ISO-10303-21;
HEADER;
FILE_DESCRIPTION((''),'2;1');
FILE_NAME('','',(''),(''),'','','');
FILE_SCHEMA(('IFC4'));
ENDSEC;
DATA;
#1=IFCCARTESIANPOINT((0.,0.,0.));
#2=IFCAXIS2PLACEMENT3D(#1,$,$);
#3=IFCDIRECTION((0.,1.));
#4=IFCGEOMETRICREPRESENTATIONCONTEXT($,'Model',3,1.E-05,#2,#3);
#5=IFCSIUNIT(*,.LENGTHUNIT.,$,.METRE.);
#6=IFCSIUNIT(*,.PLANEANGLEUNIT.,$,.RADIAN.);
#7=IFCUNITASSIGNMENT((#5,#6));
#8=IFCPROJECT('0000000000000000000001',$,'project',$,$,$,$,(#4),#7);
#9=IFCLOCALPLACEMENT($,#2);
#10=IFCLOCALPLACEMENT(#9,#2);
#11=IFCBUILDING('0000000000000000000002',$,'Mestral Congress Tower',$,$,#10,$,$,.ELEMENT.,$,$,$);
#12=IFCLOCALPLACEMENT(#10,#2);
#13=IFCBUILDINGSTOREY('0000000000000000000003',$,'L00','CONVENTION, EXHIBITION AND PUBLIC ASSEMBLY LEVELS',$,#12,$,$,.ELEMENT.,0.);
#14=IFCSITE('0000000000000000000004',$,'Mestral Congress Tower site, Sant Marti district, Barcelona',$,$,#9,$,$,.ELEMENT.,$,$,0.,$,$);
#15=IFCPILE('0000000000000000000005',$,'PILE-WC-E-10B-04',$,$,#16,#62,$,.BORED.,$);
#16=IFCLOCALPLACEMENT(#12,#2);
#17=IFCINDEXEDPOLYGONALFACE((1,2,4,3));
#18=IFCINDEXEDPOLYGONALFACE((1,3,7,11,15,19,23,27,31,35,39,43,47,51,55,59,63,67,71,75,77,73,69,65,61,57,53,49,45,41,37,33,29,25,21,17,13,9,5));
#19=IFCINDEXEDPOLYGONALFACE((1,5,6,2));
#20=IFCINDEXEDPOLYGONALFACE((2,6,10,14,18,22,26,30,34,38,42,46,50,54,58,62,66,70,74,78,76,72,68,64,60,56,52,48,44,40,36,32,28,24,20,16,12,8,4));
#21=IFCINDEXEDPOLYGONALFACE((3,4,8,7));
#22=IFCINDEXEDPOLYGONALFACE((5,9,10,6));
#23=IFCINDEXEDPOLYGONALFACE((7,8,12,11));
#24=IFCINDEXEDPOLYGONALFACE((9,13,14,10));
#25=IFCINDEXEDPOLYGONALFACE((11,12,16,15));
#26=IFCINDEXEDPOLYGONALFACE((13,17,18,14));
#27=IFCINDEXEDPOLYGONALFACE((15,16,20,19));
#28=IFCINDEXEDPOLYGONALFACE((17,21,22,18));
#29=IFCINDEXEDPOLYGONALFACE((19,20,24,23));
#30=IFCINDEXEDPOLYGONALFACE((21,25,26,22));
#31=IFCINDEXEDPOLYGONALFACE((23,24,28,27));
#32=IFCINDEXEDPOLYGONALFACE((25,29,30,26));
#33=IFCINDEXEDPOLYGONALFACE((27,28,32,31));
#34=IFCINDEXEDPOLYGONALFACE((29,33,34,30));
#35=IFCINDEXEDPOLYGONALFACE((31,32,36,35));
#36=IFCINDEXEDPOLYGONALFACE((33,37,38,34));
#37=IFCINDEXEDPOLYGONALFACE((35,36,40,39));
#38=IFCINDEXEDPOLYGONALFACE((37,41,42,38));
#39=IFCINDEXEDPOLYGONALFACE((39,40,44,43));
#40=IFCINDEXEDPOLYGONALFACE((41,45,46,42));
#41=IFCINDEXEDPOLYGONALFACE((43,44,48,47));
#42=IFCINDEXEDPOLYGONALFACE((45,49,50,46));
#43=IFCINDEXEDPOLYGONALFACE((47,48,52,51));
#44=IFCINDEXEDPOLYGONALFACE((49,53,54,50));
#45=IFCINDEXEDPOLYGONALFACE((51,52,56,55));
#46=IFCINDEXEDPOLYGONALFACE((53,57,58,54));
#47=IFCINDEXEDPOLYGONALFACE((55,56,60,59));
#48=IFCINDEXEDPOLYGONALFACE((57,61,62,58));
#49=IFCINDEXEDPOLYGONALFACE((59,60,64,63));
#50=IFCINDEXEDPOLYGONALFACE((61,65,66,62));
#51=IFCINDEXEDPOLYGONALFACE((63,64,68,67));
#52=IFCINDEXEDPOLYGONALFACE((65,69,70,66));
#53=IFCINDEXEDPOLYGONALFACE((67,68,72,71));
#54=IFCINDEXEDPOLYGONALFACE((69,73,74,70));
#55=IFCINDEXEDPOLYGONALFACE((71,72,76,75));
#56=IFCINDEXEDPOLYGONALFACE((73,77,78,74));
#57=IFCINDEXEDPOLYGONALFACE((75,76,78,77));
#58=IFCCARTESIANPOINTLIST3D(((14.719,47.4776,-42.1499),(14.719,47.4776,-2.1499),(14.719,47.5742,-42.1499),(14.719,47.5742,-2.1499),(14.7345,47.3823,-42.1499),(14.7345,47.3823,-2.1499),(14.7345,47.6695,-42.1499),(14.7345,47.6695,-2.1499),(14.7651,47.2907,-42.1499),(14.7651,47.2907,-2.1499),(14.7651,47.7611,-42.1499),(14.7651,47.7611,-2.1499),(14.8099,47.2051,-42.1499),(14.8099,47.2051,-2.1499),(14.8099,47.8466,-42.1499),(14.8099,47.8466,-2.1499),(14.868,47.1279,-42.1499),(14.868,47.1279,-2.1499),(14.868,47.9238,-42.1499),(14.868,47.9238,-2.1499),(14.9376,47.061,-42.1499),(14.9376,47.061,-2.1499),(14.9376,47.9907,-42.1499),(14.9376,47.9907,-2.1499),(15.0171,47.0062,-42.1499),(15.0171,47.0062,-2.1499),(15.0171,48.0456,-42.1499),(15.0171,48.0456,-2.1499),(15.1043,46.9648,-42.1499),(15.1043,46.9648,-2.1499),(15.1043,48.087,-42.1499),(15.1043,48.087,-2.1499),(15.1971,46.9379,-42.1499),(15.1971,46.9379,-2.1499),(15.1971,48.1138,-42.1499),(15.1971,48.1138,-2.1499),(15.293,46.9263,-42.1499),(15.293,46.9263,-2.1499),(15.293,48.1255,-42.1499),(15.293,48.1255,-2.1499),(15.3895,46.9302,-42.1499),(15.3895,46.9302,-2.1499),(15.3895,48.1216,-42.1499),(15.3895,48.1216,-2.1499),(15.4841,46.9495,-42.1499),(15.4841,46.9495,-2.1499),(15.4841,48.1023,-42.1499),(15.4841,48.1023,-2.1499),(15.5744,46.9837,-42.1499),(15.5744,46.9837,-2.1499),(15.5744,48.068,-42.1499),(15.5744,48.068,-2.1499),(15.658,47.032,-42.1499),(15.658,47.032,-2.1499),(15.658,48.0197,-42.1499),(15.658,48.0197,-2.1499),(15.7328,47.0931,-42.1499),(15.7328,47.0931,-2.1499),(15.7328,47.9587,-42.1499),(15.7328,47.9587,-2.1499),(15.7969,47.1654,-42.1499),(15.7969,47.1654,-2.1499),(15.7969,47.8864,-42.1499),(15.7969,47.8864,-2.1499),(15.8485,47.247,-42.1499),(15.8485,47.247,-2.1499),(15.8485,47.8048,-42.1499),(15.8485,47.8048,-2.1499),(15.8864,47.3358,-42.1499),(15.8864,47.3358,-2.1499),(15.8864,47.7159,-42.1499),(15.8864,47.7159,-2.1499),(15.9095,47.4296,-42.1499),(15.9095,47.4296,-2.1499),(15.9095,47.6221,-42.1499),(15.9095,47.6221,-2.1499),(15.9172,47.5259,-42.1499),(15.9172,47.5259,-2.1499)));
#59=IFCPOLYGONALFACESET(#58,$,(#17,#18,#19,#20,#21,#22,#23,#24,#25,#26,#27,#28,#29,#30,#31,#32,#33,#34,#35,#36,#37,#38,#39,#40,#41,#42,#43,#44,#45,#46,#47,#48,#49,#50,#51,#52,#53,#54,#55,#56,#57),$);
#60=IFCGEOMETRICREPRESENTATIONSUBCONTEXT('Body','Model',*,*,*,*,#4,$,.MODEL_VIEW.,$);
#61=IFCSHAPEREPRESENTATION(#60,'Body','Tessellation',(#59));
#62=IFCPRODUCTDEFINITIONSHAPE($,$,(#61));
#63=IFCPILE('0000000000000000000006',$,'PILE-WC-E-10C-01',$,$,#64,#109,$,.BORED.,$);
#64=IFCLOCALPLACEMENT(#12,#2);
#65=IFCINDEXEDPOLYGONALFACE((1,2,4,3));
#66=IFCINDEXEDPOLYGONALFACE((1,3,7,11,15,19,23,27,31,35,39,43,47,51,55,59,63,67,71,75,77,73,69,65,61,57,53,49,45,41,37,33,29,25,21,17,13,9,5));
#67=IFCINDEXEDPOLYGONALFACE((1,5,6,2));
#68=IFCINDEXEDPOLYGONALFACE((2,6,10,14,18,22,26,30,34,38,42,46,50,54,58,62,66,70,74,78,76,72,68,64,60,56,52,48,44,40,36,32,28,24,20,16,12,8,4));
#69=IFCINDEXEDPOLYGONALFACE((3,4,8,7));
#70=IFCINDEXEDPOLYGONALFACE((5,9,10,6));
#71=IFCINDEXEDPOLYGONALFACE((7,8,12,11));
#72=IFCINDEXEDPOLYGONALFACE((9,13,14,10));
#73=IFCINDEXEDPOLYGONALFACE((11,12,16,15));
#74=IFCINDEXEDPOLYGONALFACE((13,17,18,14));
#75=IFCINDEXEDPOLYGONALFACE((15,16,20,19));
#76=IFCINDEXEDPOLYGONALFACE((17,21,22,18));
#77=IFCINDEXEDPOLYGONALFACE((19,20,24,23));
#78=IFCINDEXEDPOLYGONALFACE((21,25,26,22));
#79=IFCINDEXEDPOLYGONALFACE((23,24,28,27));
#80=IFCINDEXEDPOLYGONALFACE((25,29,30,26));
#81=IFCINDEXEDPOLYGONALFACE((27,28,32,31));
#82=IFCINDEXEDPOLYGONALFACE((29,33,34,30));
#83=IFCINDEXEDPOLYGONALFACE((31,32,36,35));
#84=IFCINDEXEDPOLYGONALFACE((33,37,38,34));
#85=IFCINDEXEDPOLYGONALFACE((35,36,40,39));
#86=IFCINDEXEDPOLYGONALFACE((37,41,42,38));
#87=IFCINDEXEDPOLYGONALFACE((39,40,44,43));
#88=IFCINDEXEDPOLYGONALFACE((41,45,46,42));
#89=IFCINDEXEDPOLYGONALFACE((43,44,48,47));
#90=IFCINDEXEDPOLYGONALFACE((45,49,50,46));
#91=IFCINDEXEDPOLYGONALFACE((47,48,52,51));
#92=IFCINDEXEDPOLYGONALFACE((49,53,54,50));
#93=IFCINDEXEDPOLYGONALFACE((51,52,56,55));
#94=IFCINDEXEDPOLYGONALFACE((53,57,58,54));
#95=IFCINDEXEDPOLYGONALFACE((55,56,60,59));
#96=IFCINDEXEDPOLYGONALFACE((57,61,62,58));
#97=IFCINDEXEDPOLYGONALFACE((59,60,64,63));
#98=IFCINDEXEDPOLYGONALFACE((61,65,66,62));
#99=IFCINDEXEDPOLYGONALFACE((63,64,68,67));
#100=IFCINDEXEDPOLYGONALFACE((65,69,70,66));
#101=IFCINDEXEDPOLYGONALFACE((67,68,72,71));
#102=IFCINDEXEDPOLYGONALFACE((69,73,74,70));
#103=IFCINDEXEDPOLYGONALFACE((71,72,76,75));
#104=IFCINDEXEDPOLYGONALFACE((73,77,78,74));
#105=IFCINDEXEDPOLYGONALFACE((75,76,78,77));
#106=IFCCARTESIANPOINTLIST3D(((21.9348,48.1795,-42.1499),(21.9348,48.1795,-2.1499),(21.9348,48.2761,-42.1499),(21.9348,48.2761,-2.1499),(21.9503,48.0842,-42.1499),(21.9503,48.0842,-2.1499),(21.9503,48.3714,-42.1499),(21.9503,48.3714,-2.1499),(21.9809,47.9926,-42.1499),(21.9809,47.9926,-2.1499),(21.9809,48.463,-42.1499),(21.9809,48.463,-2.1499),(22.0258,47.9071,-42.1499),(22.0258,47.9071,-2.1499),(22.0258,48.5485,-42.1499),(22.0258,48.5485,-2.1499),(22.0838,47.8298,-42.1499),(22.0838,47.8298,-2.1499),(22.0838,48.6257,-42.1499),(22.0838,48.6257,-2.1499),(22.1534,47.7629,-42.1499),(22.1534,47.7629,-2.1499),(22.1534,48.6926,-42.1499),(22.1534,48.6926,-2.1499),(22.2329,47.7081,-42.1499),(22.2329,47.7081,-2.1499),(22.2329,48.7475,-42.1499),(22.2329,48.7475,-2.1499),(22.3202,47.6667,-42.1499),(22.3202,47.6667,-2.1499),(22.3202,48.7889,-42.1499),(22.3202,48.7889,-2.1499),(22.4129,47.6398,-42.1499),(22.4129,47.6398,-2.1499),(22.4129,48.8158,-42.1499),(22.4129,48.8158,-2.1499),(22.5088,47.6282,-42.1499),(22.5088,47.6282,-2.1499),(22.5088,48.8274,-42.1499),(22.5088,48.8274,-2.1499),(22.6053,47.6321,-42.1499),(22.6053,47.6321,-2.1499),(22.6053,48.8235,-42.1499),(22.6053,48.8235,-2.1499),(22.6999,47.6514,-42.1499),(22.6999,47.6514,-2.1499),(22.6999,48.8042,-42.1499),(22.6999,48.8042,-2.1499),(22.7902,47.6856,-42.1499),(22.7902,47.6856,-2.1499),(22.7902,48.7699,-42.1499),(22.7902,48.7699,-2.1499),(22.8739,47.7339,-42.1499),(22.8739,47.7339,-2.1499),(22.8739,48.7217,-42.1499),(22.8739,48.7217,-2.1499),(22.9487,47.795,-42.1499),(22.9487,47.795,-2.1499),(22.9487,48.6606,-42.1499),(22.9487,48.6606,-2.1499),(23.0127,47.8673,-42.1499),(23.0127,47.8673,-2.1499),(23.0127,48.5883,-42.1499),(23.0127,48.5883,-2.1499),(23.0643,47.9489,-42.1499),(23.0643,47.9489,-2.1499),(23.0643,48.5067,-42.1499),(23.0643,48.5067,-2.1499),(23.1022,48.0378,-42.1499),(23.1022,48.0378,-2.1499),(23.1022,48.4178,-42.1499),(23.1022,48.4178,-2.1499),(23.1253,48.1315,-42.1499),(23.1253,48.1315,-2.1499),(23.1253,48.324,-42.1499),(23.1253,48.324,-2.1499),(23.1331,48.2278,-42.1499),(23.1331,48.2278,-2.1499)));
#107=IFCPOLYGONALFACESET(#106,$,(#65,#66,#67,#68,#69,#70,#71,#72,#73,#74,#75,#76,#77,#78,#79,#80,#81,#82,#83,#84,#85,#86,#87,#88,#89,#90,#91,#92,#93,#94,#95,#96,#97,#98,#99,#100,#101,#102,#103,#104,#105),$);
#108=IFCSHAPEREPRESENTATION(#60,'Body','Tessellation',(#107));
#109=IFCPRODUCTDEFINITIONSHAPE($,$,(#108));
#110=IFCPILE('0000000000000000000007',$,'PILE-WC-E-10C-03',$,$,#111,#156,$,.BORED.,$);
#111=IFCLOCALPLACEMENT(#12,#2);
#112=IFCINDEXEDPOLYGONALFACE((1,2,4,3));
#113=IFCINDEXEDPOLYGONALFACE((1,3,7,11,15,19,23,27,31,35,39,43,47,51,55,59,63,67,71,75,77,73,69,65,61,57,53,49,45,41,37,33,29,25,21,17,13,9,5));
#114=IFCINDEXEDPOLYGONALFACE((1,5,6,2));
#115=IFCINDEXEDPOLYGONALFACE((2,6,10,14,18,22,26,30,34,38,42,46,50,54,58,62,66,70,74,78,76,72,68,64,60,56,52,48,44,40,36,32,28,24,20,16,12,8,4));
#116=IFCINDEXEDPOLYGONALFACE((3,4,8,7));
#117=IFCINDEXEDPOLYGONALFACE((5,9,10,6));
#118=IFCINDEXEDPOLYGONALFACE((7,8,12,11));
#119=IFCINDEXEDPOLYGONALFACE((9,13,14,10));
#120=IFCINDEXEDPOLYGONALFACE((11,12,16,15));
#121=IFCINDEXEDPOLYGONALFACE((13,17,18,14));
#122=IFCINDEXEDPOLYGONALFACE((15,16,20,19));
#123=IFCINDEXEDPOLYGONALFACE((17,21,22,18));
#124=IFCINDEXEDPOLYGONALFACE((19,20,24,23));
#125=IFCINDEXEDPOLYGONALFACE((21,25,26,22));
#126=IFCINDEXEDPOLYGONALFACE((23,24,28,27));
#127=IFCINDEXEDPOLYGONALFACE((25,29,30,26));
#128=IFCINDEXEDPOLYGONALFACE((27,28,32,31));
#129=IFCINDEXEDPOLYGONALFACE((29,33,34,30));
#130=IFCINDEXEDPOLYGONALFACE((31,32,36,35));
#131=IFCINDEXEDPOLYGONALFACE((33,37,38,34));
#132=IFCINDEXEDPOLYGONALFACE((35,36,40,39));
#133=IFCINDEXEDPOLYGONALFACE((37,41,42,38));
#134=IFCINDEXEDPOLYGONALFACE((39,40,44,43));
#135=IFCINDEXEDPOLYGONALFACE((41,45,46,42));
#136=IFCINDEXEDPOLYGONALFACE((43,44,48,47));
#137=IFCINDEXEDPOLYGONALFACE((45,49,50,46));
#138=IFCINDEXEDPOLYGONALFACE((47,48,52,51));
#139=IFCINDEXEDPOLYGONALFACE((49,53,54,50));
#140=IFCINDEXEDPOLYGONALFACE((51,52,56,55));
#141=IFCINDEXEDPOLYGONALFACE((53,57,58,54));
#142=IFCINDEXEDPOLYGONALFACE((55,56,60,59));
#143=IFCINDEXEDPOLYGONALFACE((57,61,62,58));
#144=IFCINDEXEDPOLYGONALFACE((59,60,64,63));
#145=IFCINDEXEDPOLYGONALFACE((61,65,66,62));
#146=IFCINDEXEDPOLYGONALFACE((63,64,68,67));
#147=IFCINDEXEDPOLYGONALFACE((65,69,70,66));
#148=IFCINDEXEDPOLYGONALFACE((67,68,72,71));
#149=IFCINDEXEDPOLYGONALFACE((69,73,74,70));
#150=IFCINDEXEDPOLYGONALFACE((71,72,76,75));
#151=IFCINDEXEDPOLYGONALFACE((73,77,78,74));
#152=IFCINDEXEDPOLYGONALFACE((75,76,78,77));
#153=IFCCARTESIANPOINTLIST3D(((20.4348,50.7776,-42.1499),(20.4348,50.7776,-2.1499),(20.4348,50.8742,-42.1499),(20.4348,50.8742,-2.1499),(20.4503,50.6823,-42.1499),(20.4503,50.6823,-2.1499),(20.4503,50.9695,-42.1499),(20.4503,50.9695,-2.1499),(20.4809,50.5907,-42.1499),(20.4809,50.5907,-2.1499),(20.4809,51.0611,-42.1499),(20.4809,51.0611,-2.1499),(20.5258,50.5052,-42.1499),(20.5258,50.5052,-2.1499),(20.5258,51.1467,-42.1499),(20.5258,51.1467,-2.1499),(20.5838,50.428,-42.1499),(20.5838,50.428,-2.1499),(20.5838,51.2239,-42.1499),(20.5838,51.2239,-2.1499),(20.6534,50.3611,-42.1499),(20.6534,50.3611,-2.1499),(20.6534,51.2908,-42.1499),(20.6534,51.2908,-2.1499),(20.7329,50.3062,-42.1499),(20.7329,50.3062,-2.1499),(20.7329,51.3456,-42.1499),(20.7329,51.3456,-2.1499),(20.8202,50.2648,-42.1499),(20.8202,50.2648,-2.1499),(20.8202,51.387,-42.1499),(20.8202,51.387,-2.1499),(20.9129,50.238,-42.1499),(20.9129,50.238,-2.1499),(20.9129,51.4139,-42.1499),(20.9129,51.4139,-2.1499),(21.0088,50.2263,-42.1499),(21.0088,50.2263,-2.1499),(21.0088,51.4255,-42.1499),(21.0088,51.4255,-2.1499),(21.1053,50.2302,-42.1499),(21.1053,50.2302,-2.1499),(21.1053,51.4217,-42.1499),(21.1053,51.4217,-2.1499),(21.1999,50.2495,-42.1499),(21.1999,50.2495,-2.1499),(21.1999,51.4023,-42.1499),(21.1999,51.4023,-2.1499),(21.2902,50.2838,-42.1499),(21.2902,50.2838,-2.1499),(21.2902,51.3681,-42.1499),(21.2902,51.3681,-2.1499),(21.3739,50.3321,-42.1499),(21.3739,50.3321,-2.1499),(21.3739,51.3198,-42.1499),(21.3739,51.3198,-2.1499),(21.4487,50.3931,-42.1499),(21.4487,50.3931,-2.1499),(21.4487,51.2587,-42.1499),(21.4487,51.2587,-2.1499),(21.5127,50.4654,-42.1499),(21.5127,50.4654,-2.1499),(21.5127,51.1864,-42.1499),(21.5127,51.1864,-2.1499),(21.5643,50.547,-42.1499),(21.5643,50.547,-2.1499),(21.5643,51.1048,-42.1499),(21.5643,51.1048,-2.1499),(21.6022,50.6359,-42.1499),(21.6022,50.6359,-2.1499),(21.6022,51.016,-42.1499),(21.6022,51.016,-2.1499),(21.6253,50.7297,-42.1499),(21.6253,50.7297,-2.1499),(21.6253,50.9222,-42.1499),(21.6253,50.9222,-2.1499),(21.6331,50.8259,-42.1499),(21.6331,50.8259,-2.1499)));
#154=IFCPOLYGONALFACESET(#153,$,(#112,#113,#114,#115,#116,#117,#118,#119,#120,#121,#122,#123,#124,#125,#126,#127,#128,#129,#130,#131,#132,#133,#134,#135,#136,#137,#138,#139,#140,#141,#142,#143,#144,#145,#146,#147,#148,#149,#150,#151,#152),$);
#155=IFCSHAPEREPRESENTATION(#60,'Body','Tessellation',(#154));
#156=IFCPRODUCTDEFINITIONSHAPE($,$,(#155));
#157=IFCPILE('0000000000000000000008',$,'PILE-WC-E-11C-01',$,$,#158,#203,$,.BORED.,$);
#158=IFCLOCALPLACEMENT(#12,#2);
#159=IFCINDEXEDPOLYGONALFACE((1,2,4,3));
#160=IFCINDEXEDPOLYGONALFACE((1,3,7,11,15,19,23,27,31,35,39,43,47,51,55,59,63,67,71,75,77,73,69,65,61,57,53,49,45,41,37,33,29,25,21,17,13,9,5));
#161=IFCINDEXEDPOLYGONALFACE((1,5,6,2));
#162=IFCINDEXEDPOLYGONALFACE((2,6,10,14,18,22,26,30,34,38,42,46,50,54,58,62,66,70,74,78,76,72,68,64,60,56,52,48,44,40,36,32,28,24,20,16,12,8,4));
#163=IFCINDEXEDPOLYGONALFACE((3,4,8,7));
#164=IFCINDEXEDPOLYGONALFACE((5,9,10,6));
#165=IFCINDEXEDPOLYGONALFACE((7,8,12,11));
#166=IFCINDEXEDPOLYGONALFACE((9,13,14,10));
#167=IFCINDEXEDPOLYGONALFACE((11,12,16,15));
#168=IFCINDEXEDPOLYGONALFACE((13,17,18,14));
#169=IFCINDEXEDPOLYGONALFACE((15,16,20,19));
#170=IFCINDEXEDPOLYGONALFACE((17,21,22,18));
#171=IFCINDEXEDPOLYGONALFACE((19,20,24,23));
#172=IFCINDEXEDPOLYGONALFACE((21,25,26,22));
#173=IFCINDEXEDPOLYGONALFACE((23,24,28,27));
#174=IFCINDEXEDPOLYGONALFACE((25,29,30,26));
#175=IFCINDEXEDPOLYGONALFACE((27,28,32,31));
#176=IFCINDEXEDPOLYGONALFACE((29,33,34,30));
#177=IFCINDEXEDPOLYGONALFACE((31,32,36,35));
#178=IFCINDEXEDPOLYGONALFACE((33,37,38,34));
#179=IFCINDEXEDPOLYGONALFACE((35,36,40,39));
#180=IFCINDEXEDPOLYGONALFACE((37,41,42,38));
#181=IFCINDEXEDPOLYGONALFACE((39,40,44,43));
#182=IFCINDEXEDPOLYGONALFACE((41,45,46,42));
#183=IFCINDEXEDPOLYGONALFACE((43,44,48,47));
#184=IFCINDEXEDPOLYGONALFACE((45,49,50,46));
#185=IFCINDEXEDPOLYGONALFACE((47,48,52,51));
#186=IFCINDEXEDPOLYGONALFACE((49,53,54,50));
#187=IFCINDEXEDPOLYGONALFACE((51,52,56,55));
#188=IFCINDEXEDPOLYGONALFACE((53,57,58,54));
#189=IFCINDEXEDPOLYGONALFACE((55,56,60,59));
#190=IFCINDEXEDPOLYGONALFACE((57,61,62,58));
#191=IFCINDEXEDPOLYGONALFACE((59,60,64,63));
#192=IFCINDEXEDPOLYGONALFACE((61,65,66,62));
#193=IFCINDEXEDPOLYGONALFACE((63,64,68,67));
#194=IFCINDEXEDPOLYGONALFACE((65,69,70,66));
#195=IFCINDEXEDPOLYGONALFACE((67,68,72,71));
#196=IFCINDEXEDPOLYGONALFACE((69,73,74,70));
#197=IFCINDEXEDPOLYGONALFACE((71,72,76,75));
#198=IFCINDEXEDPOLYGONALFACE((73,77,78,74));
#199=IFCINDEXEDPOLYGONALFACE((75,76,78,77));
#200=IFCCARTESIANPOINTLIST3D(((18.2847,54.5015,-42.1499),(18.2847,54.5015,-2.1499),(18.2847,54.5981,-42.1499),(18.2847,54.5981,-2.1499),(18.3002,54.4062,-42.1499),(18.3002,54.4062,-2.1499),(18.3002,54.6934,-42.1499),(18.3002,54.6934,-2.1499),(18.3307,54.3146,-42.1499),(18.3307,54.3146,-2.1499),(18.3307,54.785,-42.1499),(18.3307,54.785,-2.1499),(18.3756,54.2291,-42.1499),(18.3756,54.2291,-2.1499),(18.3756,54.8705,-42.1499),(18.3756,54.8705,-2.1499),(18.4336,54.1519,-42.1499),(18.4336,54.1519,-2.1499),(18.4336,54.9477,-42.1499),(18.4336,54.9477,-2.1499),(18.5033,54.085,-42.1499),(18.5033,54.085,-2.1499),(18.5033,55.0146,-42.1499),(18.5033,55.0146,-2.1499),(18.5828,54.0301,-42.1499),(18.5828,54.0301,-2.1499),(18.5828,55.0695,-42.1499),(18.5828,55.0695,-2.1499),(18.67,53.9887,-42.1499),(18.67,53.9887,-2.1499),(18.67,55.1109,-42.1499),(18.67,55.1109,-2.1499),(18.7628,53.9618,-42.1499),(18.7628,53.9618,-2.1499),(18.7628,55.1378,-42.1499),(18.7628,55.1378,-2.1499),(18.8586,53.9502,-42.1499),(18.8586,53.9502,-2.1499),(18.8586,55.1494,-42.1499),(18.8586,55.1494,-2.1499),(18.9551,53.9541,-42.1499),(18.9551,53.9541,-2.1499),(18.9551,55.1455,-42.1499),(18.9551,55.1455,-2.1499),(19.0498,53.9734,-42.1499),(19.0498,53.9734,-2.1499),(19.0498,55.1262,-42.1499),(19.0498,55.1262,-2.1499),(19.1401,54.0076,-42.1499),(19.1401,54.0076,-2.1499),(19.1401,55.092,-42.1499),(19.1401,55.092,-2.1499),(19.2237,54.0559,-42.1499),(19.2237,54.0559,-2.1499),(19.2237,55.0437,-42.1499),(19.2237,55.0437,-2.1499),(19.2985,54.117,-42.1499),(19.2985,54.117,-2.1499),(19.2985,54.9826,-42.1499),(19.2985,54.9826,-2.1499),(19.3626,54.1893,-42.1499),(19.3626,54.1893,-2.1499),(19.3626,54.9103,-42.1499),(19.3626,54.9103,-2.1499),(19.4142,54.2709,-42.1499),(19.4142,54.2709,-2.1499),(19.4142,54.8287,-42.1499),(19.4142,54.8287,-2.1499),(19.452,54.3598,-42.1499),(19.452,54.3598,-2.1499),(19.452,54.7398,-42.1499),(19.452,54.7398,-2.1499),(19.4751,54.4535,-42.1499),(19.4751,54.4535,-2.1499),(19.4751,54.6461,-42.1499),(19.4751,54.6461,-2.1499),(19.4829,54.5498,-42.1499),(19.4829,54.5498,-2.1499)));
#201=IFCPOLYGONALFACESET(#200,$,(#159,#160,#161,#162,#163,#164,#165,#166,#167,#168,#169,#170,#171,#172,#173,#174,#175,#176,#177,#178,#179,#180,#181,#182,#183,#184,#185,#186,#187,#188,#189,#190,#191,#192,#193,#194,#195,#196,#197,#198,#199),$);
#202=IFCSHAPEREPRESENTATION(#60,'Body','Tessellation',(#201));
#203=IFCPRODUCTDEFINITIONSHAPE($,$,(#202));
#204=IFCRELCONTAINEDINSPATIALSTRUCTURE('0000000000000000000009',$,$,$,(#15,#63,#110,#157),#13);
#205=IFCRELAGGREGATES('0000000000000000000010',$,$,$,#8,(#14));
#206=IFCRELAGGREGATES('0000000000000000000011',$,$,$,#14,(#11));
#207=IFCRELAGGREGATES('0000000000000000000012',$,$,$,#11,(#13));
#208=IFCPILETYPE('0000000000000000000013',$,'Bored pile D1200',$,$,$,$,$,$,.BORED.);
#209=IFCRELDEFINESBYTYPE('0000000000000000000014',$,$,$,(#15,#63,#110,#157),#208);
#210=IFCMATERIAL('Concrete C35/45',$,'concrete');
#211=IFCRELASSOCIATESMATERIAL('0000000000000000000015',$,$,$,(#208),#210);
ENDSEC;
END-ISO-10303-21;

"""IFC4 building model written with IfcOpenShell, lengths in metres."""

from ifc_helpers import new_model, si_unit, direction, frame, origin, origin_2d, place, context, subcontext, project, spatial, circle, extrude, material, material_profile, profile_set, type_object, element, save


model = new_model("IFC4")

# Units and contexts
model_context = context("Model", 3, precision=1e-05, world=origin(), true_north=direction((0.0, 1.0)))
body_context = subcontext(model_context, "Body", "Model", "MODEL_VIEW")
ifc_project = project(units=[si_unit("LENGTHUNIT", "METRE"), si_unit("PLANEANGLEUNIT", "RADIAN")], contexts=[model_context])

# Site, building, storey
site_placement = place(None, origin())
site = spatial("IfcSite", under=ifc_project, at=site_placement, Name="Mestral Congress Tower site, Sant Marti district, Barcelona", CompositionType="ELEMENT", RefElevation=0.0)
building_placement = place(site_placement, origin())
building = spatial("IfcBuilding", under=site, at=building_placement, Name="Mestral Congress Tower", CompositionType="ELEMENT")
storey_placement = place(building_placement, origin())
storey = spatial("IfcBuildingStorey", under=building, at=storey_placement, Name="L00", Description="CONVENTION, EXHIBITION AND PUBLIC ASSEMBLY LEVELS", CompositionType="ELEMENT", Elevation=0.0)

# Piles
ifc_material_1 = material(Name="Concrete C35/45", Category="concrete")
ifc_material_profile_1 = material_profile(ifc_material_1, circle(Radius=0.6001, at=origin_2d()), Name="D1200")
ifc_profile_set_1 = profile_set([ifc_material_profile_1], Name="Concrete C35/45")
pile_type = type_object("IfcPileType", Name="Bored pile D1200", PredefinedType="BORED", material=ifc_profile_set_1)
for number, where, z_axis, x_axis, name in (
    (1, (15.3171, 47.5259, -2.1499), (0.0, 0.0, -1.0), (1.0, 0.0, 0.0), "PILE-WC-E-10B-04"),
    (2, (22.533, 48.2278, -2.1499), (0.0, 0.0, -1.0), (1.0, 0.0, 0.0), "PILE-WC-E-10C-01"),
    (3, (21.033, 50.8259, -2.1499), (0.0, 0.0, -1.0), (1.0, 0.0, 0.0), "PILE-WC-E-10C-03"),
    (4, (18.8828, 54.5498, -2.1499), (0.0, 0.0, -1.0), (1.0, 0.0, 0.0), "PILE-WC-E-11C-01"),
):
    element("IfcPile", number, at=place(storey_placement, frame(where, z_axis=z_axis, x_axis=x_axis)), inside=storey, type_object=pile_type, Name=name, PredefinedType="BORED", context=body_context, shape_type="SweptSolid", body=[
        extrude(circle(Radius=0.6001, at=origin_2d()), origin(), (0.0, 0.0, 1.0), 40.0),
    ])

save(model, "model.ifc")
